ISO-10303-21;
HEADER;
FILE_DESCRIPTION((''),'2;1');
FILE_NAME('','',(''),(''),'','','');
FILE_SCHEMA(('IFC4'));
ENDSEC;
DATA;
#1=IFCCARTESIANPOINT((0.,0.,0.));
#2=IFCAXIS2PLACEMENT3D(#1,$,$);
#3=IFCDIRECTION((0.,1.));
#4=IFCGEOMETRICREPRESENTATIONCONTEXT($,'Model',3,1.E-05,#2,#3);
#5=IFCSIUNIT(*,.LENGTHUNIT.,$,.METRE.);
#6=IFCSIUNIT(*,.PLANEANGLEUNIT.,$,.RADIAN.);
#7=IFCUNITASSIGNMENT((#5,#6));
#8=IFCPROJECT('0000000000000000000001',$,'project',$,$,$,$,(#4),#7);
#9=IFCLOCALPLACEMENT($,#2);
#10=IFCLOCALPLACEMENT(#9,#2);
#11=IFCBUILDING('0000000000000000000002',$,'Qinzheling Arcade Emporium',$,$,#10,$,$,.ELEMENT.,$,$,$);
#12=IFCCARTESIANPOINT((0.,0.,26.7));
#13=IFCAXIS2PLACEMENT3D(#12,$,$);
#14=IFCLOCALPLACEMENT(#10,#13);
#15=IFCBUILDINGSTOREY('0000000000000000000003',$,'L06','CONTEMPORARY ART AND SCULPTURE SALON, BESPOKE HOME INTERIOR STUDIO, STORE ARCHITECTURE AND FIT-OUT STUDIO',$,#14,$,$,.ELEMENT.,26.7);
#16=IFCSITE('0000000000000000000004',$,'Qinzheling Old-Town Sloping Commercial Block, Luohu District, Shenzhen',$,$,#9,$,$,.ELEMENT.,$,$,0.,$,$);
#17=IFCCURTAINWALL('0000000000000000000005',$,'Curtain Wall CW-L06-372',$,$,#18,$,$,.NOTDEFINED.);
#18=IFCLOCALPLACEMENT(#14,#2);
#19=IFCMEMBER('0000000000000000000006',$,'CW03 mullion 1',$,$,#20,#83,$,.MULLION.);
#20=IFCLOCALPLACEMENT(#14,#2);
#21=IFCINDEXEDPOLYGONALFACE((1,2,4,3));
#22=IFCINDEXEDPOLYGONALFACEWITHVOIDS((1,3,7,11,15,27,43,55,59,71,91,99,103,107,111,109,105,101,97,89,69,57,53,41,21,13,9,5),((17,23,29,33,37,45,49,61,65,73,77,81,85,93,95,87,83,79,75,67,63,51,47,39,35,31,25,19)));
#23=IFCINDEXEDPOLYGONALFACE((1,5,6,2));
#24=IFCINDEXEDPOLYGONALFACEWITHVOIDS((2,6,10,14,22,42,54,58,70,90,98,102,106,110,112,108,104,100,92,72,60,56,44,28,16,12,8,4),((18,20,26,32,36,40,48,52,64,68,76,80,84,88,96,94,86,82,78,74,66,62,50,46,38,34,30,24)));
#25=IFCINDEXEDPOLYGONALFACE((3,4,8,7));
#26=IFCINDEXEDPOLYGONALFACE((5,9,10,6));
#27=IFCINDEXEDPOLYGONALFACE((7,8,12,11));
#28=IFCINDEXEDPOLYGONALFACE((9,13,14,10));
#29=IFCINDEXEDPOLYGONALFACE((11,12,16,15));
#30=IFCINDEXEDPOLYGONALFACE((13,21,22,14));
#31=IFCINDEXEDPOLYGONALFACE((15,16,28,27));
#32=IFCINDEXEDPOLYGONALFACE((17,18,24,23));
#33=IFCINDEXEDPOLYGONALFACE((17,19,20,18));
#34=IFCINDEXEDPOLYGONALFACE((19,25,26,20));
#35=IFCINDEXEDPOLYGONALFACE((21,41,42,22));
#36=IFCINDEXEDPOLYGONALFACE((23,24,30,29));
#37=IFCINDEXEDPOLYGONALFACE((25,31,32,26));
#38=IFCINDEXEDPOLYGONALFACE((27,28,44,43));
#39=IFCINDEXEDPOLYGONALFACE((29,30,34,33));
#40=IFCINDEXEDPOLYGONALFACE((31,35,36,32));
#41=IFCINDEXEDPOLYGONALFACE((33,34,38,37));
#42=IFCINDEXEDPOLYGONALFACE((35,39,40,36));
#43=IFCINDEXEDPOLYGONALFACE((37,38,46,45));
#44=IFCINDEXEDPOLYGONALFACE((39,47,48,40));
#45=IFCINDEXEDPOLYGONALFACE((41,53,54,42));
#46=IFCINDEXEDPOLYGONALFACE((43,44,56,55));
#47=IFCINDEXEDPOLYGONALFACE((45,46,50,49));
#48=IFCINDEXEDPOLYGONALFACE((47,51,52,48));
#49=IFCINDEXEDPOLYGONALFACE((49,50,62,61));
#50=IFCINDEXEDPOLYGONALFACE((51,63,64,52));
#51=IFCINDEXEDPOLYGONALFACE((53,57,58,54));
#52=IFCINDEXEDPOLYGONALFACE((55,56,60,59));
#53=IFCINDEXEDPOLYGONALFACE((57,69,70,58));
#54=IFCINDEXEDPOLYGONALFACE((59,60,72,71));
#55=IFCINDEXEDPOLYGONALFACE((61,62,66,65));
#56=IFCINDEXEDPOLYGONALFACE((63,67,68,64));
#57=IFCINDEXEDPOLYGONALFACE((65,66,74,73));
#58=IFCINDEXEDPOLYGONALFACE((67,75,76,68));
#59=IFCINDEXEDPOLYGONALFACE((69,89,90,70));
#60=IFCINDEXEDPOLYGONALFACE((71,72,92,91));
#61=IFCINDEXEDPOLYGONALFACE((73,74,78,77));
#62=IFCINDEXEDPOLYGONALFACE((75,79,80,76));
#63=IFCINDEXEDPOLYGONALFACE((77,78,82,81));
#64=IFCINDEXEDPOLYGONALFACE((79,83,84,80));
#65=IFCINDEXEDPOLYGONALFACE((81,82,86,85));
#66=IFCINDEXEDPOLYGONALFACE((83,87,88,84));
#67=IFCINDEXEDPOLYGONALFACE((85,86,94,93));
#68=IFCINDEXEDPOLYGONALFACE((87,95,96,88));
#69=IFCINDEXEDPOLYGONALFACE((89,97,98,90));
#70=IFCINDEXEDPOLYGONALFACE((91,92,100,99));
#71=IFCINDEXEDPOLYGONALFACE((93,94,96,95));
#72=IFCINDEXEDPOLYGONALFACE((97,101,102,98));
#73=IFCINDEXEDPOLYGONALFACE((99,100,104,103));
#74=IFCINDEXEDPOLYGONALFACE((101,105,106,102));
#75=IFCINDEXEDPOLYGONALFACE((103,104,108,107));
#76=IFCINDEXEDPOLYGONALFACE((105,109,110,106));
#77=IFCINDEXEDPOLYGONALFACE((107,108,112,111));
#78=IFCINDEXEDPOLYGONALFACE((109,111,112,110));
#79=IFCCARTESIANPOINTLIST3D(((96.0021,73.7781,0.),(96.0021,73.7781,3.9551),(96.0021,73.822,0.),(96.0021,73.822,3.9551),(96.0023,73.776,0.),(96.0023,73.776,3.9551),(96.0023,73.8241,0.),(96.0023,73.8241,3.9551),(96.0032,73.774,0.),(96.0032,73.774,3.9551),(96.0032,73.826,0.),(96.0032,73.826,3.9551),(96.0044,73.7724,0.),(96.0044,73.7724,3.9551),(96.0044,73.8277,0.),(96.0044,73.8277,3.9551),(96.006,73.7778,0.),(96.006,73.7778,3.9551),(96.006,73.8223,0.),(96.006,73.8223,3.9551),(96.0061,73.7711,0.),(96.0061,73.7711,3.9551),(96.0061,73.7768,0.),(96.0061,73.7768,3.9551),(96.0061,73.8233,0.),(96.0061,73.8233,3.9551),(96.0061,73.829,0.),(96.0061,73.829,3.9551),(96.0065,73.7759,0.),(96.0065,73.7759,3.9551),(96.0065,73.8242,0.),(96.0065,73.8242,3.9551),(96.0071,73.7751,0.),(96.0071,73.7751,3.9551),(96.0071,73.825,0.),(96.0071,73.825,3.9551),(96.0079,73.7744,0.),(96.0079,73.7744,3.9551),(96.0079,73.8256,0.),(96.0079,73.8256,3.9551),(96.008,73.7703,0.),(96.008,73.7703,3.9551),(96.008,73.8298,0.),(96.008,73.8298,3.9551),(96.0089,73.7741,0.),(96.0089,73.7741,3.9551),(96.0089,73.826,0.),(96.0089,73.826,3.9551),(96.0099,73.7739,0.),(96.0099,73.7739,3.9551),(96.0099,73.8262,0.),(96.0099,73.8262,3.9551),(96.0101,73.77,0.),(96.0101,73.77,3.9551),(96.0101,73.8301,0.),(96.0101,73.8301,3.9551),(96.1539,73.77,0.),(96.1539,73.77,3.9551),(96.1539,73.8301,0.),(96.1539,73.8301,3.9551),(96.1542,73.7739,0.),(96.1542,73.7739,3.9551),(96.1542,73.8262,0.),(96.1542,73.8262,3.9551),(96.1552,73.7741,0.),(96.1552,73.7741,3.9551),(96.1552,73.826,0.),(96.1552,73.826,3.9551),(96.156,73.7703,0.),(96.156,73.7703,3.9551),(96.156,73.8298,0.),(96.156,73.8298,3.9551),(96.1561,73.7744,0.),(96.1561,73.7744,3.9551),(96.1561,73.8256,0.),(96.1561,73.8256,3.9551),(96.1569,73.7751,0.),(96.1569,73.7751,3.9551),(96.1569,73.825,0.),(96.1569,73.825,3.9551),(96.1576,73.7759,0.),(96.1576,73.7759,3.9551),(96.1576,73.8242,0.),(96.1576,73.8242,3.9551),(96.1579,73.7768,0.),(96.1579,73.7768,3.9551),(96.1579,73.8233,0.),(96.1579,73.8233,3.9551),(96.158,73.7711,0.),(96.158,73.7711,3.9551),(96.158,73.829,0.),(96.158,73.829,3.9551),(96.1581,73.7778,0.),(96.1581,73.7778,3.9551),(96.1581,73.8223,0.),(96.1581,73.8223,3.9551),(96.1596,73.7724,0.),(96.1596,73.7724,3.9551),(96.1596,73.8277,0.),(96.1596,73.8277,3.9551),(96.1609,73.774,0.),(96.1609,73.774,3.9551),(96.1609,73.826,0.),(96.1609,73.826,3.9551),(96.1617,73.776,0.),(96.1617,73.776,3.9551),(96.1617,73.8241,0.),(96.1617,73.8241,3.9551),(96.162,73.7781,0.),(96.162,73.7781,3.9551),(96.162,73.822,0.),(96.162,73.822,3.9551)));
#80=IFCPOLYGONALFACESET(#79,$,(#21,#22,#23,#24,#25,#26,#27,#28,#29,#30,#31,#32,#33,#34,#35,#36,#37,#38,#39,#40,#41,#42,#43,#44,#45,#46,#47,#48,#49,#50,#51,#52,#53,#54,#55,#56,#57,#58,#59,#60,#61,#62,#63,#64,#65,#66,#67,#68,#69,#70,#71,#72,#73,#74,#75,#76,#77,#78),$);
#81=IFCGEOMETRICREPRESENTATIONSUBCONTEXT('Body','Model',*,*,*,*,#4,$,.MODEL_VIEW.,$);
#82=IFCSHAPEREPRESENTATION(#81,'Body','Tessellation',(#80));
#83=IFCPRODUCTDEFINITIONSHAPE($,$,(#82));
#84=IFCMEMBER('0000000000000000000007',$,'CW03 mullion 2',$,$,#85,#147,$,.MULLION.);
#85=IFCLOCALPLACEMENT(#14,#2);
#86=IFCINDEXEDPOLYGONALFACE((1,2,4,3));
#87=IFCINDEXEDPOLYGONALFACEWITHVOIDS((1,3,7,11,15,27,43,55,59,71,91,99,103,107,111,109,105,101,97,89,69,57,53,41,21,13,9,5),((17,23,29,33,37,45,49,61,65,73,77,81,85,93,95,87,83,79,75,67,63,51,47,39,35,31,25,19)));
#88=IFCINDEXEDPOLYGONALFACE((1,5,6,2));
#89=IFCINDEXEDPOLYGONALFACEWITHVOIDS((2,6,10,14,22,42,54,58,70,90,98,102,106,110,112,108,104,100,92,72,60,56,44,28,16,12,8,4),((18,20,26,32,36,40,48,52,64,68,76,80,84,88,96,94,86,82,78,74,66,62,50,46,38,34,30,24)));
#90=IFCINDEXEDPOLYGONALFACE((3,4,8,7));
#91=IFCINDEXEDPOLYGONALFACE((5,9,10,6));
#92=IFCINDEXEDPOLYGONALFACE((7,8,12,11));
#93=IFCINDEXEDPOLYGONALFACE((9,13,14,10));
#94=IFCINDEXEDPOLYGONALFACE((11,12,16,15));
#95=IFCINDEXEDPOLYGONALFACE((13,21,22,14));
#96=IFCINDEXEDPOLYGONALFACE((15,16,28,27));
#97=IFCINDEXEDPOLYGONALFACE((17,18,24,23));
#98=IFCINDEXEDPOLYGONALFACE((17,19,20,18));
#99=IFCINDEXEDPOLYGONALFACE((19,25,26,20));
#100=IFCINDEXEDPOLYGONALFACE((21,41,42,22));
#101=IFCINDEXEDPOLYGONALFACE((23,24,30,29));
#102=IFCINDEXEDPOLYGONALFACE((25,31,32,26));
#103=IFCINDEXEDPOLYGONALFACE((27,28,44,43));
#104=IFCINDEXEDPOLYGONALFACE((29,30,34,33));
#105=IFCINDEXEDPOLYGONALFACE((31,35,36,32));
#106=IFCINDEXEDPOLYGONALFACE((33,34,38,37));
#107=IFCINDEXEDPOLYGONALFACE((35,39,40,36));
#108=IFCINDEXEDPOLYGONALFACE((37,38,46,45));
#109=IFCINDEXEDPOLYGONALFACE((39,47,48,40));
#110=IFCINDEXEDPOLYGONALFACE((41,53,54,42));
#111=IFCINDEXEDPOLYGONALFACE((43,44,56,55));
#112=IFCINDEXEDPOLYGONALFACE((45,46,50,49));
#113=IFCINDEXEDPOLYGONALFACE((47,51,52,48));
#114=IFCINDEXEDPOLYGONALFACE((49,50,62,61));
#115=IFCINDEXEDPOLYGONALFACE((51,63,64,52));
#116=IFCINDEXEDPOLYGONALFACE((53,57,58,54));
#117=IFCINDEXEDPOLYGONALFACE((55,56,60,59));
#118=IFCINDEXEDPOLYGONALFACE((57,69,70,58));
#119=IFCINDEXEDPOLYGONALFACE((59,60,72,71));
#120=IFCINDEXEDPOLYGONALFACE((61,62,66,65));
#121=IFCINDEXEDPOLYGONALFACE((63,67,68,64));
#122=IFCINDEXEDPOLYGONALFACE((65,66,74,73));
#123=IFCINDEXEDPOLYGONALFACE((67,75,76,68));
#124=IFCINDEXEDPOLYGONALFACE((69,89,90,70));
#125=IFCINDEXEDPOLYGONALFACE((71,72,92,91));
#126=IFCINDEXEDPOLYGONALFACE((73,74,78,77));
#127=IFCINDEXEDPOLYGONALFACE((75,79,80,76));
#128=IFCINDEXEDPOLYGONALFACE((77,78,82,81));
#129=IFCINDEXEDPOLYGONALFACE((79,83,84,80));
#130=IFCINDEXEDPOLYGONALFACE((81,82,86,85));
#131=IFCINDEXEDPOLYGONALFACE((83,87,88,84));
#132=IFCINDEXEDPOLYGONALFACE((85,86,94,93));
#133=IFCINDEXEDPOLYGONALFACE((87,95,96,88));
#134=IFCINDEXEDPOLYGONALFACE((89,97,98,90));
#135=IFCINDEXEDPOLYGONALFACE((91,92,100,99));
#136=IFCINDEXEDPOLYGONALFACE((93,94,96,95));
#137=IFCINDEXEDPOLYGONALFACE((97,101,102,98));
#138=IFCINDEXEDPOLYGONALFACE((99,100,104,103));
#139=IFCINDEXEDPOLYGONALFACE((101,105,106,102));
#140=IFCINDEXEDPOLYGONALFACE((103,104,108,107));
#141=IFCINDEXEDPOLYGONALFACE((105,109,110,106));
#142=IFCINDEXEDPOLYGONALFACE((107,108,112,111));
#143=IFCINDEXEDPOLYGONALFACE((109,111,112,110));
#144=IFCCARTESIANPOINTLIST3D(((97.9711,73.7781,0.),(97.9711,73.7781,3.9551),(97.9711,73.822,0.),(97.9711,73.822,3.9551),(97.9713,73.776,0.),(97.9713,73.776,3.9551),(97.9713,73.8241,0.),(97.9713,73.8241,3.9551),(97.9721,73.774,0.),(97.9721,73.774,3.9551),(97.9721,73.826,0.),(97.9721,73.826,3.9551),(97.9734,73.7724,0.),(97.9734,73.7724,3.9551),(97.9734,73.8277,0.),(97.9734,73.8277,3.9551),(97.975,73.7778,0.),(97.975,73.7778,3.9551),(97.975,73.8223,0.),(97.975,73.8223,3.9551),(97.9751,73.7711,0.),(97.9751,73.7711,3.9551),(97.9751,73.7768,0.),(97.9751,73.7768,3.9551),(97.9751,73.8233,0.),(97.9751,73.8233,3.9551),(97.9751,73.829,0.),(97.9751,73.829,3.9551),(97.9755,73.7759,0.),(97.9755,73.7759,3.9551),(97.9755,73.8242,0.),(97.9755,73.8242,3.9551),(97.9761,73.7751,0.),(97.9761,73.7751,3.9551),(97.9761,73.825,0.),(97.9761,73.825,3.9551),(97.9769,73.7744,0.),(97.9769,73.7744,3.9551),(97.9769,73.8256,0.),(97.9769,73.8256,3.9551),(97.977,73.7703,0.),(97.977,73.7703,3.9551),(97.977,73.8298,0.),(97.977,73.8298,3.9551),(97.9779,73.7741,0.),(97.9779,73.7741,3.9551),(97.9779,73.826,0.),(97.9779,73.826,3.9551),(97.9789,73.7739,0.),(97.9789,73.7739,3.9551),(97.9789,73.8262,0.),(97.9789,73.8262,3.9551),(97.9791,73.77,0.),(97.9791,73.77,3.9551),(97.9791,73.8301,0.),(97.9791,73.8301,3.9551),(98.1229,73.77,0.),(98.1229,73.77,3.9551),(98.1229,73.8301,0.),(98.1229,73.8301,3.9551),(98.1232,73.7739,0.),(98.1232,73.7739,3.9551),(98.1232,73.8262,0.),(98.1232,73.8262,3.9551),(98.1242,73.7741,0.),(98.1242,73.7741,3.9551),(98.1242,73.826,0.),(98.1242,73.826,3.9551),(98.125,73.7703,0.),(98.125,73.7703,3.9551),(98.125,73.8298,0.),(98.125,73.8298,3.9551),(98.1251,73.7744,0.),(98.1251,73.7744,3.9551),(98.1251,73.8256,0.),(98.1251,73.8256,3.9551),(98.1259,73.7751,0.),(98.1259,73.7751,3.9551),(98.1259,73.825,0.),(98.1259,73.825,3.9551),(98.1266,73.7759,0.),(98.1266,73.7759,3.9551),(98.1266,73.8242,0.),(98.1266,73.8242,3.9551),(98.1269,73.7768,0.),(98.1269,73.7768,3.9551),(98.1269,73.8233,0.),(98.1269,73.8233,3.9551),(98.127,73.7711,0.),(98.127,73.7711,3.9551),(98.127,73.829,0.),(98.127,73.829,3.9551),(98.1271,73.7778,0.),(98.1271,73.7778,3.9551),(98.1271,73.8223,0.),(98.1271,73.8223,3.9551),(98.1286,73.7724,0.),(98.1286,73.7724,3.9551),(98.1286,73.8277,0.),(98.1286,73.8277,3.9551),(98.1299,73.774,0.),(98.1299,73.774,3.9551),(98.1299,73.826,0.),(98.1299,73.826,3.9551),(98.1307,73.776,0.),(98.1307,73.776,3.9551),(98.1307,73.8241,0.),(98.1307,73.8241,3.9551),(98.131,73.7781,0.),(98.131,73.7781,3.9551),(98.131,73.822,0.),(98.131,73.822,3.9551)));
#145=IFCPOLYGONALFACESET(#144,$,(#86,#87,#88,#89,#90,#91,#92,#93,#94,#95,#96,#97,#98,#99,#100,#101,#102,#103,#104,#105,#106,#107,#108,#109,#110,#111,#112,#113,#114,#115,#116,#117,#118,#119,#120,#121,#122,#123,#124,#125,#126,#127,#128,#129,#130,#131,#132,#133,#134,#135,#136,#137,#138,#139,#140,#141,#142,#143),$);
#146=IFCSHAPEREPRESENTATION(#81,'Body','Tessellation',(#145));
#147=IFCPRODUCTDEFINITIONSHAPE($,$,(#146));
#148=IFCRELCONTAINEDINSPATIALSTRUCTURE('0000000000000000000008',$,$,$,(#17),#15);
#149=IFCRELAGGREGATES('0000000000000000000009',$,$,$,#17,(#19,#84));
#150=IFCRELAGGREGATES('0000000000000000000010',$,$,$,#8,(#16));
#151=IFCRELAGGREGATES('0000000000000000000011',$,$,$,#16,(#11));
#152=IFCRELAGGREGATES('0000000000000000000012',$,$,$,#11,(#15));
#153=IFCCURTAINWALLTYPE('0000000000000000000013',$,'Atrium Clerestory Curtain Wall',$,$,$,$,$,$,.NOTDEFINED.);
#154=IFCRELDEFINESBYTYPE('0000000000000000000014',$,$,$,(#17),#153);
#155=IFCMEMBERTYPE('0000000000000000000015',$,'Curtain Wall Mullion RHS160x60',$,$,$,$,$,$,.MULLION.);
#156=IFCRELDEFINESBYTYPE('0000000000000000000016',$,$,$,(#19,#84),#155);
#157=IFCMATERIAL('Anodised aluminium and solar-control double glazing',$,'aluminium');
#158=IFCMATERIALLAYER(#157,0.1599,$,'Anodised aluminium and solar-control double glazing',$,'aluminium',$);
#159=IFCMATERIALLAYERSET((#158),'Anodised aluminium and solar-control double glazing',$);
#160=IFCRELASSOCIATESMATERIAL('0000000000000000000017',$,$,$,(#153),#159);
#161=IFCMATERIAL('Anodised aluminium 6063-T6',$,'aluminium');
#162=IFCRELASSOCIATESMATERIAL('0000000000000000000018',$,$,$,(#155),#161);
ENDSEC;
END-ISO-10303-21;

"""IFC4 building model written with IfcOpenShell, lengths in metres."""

from ifc_helpers import new_model, si_unit, direction, frame, origin, origin_2d, place, context, subcontext, project, spatial, hollow_rectangle, extrude, material, layer, layer_set, material_profile, profile_set, type_object, element, aggregate, save


model = new_model("IFC4")

# Units and contexts
model_context = context("Model", 3, precision=1e-05, world=origin(), true_north=direction((0.0, 1.0)))
body_context = subcontext(model_context, "Body", "Model", "MODEL_VIEW")
ifc_project = project(units=[si_unit("LENGTHUNIT", "METRE"), si_unit("PLANEANGLEUNIT", "RADIAN")], contexts=[model_context])

# Site, building, storey
site_placement = place(None, origin())
site = spatial("IfcSite", under=ifc_project, at=site_placement, Name="Qinzheling Old-Town Sloping Commercial Block, Luohu District, Shenzhen", CompositionType="ELEMENT", RefElevation=0.0)
building_placement = place(site_placement, origin())
building = spatial("IfcBuilding", under=site, at=building_placement, Name="Qinzheling Arcade Emporium", CompositionType="ELEMENT")
storey_placement = place(building_placement, frame((0.0, 0.0, 26.7)))
storey = spatial("IfcBuildingStorey", under=building, at=storey_placement, Name="L06", Description="CONTEMPORARY ART AND SCULPTURE SALON, BESPOKE HOME INTERIOR STUDIO, STORE ARCHITECTURE AND FIT-OUT STUDIO", CompositionType="ELEMENT", Elevation=26.7)

# Curtain wall, members
ifc_material_1 = material(Name="Anodised aluminium and solar-control double glazing", Category="aluminium")
ifc_layer_1 = layer(ifc_material_1, 0.1599, Name="Anodised aluminium and solar-control double glazing", Category="aluminium")
ifc_layer_set_1 = layer_set([ifc_layer_1], Name="Anodised aluminium and solar-control double glazing")
curtain_wall_type = type_object("IfcCurtainWallType", Name="Atrium Clerestory Curtain Wall", PredefinedType="NOTDEFINED", material=ifc_layer_set_1)
ifc_material_2 = material(Name="Anodised aluminium 6063-T6", Category="aluminium")
ifc_material_profile_1 = material_profile(ifc_material_2, hollow_rectangle(XDim=0.0601, YDim=0.1599, WallThickness=0.0039, InnerFilletRadius=0.0039, OuterFilletRadius=0.0081, at=origin_2d()), Name="RHS 160x60x4", Category="aluminium")
ifc_profile_set_1 = profile_set([ifc_material_profile_1], Name="Anodised aluminium 6063-T6")
member_type_1 = type_object("IfcMemberType", Name="Curtain Wall Mullion RHS160x60", PredefinedType="MULLION", material=ifc_profile_set_1)
curtain_wall_1_placement = place(storey_placement, origin())
curtain_wall_1 = element("IfcCurtainWall", 1, at=curtain_wall_1_placement, inside=storey, type_object=curtain_wall_type, Name="Curtain Wall CW-L06-372", PredefinedType="NOTDEFINED")
member_1_placement = place(storey_placement, frame((96.082, 73.8, 0.0), z_axis=(0.0, 0.0, 1.0), x_axis=(0.0, 1.0, 0.0)))
member_1 = element("IfcMember", 2, at=member_1_placement, type_object=member_type_1, Name="CW03 mullion 1", PredefinedType="MULLION", context=body_context, shape_type="SweptSolid", body=[
    extrude(hollow_rectangle(XDim=0.0601, YDim=0.1599, WallThickness=0.0039, InnerFilletRadius=0.0039, OuterFilletRadius=0.0081, at=origin_2d()), origin(), (0.0, 0.0, 1.0), 3.9551),
])
member_2_placement = place(storey_placement, frame((98.051, 73.8, 0.0), z_axis=(0.0, 0.0, 1.0), x_axis=(0.0, 1.0, 0.0)))
member_2 = element("IfcMember", 3, at=member_2_placement, type_object=member_type_1, Name="CW03 mullion 2", PredefinedType="MULLION", context=body_context, shape_type="SweptSolid", body=[
    extrude(hollow_rectangle(XDim=0.0601, YDim=0.1599, WallThickness=0.0039, InnerFilletRadius=0.0039, OuterFilletRadius=0.0081, at=origin_2d()), origin(), (0.0, 0.0, 1.0), 3.9551),
])

aggregate(curtain_wall_1, [member_1, member_2])

save(model, "model.ifc")
